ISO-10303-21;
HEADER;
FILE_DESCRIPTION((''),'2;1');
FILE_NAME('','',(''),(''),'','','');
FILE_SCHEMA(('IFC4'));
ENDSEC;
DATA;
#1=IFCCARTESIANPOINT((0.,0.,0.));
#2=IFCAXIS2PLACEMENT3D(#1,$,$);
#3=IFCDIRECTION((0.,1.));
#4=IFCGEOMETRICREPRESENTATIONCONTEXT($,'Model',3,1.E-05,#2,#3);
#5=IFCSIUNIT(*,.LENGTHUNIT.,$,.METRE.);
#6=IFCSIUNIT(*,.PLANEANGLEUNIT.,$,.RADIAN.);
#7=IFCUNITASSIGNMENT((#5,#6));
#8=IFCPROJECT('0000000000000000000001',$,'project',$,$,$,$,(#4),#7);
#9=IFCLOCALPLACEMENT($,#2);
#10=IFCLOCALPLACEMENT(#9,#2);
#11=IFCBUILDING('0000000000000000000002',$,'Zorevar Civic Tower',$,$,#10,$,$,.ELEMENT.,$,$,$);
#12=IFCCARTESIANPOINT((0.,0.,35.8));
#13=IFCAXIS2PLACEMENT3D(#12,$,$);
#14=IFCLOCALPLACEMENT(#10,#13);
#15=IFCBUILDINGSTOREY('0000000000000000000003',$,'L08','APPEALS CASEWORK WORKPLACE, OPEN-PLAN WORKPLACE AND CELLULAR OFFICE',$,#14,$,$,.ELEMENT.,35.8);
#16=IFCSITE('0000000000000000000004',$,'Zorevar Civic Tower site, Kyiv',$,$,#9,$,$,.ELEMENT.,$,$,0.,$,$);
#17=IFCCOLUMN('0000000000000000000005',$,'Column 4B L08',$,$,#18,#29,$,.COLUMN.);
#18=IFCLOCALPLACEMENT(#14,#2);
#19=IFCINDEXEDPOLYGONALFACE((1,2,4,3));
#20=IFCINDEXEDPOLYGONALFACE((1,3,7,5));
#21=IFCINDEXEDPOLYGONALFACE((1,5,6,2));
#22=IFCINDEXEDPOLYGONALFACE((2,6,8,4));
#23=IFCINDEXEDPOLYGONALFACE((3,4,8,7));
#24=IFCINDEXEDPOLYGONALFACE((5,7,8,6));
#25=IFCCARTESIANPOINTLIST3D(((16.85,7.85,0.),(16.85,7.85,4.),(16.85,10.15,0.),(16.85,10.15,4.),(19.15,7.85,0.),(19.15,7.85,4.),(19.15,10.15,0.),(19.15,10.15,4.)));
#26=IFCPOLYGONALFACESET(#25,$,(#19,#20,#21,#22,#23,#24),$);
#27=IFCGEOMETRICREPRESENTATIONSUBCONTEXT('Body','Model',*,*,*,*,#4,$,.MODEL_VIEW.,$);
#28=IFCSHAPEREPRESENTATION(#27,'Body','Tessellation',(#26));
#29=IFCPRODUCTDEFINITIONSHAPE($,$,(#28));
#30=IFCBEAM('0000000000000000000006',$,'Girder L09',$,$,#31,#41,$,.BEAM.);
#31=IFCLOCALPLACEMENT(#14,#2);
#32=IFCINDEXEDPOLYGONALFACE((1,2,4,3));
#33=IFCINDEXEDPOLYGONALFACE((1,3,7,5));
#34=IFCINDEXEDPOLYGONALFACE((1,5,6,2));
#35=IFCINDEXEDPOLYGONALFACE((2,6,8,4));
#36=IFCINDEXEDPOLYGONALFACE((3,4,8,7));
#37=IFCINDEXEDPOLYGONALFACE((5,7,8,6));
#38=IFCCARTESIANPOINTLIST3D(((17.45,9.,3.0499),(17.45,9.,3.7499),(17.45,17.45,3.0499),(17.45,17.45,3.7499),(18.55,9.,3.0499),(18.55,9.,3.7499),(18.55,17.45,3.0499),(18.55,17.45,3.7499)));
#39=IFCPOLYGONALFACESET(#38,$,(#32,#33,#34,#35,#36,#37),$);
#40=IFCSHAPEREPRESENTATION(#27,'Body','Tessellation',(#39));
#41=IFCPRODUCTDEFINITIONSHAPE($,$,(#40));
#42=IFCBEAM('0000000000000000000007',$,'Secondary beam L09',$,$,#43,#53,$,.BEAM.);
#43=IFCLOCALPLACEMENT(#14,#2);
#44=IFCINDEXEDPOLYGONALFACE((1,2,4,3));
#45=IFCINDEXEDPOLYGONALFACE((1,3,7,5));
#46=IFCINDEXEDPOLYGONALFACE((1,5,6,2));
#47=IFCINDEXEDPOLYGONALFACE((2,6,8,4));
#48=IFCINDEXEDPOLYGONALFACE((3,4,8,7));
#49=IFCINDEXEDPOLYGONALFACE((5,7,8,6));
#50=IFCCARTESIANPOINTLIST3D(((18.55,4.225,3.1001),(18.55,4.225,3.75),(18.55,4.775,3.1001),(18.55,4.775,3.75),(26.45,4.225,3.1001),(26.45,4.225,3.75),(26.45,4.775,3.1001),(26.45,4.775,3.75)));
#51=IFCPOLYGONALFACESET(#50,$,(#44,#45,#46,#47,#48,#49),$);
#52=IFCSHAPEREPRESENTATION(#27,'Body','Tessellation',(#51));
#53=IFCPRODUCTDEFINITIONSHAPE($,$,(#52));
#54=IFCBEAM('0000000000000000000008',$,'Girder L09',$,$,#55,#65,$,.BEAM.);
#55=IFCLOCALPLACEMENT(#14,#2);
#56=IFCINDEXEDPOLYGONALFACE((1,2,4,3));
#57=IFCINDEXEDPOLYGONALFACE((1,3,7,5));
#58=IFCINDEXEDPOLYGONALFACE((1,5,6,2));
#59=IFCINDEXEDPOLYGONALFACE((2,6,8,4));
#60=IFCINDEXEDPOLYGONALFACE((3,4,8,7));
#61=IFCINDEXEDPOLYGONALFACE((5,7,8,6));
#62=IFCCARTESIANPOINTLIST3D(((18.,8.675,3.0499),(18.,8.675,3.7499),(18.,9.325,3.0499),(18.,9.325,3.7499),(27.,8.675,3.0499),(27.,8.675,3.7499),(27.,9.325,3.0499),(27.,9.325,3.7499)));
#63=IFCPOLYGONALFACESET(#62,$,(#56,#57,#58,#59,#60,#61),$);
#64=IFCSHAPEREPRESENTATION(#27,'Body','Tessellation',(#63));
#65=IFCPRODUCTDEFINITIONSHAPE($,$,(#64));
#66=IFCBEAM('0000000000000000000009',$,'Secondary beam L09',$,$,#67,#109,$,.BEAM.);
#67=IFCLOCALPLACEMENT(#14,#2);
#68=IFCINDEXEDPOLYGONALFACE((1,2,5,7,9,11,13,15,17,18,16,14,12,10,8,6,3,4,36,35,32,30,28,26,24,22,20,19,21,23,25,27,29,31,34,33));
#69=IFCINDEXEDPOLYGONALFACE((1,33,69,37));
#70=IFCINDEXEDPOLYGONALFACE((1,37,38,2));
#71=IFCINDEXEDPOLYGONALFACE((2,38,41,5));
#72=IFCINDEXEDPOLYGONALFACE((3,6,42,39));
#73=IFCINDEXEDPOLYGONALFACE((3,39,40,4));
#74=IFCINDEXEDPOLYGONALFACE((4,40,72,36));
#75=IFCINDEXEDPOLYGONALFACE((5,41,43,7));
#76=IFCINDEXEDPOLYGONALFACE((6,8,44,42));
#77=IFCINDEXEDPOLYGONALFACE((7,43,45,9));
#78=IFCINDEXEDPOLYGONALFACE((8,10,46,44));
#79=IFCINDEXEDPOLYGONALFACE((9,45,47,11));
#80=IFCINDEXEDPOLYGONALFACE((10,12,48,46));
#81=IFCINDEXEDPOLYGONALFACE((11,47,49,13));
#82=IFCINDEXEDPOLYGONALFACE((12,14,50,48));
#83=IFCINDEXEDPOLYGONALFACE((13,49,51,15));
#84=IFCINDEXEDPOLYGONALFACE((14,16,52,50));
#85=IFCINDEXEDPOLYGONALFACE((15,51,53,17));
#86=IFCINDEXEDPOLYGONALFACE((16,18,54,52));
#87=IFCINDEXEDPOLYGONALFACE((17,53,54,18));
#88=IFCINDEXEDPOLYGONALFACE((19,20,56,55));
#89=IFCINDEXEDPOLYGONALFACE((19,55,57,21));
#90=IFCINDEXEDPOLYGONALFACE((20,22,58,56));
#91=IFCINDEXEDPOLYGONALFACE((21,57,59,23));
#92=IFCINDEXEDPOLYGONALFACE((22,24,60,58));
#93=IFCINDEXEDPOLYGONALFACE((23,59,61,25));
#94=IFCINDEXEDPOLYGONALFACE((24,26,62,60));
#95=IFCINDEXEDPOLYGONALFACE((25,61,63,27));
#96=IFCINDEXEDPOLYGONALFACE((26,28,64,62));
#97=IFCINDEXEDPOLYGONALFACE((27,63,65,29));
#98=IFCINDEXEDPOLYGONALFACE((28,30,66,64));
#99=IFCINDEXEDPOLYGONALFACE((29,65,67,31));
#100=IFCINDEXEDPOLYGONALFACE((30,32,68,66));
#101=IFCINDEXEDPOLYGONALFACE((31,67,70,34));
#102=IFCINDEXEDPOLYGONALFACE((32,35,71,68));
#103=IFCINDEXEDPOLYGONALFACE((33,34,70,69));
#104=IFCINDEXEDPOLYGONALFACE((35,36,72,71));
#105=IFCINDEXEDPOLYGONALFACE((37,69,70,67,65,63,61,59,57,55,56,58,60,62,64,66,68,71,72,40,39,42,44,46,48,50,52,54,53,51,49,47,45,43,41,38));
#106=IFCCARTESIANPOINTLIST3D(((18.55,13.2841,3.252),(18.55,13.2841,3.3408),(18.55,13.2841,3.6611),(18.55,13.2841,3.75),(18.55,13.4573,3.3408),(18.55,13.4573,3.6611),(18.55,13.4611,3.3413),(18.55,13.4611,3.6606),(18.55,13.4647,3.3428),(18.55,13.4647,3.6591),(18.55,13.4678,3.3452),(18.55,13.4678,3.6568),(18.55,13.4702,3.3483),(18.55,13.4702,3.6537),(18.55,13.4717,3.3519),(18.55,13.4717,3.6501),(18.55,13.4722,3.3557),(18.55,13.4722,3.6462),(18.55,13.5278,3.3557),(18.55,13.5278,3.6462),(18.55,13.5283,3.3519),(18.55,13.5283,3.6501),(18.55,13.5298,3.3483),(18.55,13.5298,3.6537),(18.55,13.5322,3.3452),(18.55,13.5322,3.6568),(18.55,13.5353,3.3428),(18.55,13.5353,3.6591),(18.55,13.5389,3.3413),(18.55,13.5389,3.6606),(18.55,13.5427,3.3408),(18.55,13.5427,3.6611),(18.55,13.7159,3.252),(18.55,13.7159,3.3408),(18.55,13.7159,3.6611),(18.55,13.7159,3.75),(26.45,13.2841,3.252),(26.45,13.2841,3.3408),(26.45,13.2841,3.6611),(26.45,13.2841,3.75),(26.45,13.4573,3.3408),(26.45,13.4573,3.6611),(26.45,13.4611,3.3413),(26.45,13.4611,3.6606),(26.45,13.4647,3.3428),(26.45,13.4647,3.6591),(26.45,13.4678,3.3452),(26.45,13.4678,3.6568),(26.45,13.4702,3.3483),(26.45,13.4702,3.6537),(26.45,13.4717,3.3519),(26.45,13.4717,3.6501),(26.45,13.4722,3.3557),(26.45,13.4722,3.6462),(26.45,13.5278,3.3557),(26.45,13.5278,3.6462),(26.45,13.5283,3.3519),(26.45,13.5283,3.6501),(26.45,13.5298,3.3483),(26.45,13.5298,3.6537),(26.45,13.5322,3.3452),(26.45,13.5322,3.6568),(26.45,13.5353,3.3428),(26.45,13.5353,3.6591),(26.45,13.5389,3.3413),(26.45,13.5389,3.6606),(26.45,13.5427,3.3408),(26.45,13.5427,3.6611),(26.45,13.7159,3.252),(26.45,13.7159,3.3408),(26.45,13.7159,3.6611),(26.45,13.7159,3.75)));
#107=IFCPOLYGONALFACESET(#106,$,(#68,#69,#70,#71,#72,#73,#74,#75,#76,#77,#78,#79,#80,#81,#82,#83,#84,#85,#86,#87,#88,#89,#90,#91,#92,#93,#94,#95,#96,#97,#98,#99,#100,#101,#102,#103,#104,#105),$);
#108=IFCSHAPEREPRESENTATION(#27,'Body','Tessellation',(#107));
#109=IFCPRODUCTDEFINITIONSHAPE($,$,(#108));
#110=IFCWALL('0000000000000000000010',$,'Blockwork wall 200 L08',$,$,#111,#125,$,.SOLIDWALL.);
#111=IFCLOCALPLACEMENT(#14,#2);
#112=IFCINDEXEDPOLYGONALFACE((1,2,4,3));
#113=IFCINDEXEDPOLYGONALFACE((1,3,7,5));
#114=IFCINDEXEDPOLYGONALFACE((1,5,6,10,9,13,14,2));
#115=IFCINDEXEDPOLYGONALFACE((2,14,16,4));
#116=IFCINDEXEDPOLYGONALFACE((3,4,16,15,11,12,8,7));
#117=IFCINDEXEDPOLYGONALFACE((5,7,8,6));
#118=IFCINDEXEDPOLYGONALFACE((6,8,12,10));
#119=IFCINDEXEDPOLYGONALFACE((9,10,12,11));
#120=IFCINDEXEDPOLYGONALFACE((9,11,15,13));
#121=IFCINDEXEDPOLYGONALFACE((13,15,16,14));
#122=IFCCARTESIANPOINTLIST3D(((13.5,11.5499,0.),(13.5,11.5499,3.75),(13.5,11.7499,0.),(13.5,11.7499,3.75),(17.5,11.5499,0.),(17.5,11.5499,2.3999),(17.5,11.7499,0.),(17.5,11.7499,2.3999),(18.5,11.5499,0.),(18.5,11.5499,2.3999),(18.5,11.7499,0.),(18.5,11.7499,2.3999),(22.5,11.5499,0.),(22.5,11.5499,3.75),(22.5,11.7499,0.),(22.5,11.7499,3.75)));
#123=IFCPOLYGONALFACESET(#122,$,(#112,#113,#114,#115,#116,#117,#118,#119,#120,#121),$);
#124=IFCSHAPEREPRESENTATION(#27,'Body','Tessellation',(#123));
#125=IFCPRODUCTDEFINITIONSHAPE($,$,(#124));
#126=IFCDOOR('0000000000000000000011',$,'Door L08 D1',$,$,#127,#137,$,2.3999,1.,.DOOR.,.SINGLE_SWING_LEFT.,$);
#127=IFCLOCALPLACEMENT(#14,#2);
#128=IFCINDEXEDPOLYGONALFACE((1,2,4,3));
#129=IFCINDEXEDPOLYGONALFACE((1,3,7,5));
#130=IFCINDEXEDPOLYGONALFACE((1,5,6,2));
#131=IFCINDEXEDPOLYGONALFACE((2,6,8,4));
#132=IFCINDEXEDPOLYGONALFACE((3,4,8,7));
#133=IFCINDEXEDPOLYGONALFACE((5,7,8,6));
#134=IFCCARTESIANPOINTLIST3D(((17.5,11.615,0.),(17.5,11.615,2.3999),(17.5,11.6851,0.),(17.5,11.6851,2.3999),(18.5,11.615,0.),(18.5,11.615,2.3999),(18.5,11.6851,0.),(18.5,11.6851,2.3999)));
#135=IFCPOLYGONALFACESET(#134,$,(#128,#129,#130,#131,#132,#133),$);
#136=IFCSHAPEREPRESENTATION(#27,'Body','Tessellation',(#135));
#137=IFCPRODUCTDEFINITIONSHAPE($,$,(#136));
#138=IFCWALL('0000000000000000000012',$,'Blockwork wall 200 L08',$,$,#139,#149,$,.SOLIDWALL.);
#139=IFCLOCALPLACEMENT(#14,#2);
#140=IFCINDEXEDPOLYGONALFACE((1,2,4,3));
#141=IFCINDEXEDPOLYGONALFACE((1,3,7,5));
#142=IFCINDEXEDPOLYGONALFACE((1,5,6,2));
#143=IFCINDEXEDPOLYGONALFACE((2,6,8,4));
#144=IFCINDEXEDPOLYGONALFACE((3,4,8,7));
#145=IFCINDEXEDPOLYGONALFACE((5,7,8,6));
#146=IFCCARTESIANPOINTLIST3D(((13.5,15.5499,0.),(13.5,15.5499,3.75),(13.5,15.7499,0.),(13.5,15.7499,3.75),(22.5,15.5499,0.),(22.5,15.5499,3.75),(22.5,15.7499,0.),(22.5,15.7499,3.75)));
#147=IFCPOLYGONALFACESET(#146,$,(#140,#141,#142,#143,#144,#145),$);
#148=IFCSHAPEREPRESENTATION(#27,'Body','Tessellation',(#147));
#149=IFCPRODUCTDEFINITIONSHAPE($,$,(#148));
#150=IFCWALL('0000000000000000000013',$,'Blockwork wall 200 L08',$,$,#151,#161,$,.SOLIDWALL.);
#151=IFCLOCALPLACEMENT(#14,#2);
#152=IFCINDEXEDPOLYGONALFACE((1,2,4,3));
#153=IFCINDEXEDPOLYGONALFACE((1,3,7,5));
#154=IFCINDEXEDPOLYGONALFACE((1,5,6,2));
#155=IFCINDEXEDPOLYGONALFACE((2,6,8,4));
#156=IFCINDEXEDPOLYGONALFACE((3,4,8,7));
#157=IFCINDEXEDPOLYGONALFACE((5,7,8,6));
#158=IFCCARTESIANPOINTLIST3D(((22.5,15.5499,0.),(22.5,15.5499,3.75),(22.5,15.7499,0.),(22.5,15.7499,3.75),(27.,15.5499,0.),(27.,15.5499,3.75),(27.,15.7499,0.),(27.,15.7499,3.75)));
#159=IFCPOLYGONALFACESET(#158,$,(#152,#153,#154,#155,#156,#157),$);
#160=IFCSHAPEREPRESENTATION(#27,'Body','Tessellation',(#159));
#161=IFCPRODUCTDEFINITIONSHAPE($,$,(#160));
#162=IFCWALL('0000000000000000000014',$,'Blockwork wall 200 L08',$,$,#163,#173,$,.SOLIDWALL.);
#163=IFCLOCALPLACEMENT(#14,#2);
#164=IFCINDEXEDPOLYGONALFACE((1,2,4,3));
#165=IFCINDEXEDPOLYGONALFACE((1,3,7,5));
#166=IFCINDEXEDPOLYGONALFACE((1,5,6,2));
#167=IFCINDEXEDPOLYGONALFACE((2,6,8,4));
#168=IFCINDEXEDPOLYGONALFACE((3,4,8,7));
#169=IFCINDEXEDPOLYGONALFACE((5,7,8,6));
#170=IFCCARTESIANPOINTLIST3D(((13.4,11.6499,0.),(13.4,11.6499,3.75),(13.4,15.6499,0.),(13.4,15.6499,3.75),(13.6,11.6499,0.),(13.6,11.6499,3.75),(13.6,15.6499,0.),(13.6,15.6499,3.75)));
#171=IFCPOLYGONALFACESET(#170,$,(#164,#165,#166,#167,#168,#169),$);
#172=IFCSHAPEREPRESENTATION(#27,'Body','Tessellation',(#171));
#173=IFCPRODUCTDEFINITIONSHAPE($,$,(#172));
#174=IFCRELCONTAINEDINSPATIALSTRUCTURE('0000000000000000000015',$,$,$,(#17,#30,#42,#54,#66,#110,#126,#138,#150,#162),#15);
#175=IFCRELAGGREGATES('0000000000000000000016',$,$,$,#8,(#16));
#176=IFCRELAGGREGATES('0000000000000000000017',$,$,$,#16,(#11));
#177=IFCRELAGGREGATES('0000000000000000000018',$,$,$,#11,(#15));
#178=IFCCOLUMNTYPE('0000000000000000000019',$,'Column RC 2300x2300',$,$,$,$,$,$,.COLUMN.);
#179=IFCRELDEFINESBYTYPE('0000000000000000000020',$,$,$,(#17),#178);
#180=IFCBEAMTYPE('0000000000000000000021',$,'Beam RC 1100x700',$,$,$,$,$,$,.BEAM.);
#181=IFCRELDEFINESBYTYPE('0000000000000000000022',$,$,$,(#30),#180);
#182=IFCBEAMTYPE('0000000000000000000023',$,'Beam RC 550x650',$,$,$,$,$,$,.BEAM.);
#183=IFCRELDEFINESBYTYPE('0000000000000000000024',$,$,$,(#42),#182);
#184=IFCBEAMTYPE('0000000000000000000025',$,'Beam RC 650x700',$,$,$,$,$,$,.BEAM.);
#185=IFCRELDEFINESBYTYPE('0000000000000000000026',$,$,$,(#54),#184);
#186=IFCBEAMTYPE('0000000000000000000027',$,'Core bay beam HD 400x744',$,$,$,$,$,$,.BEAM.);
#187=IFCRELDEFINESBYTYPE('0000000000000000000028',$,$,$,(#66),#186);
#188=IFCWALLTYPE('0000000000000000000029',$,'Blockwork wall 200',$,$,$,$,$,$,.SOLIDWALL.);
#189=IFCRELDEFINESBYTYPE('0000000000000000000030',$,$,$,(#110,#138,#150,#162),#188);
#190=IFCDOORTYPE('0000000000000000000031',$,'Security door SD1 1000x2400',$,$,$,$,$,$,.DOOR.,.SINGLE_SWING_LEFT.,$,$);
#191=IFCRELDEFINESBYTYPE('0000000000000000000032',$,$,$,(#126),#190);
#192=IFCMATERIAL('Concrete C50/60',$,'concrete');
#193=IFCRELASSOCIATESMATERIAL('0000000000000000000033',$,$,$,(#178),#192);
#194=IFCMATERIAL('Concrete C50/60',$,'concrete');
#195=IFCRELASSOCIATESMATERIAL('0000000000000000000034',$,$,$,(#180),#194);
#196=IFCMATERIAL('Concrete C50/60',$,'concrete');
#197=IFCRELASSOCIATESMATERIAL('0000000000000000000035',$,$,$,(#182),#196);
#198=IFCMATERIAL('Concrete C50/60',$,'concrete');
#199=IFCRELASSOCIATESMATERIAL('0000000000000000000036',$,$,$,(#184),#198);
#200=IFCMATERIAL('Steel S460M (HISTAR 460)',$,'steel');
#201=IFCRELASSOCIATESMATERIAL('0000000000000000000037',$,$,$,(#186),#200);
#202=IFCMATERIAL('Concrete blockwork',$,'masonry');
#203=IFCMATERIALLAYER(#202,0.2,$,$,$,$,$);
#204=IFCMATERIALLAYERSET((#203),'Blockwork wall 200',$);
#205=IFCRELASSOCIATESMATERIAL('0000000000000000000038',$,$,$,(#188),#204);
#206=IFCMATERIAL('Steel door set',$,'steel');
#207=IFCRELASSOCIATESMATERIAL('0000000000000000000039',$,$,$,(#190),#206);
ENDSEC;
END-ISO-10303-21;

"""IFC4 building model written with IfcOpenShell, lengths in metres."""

from ifc_helpers import new_model, si_unit, direction, frame, frame_2d, origin, origin_2d, place, context, subcontext, project, spatial, rectangle, i_section, extrude, material, layer, layer_set, material_profile, profile_set, type_object, element, fill, save


model = new_model("IFC4")

# Units and contexts
model_context = context("Model", 3, precision=1e-05, world=origin(), true_north=direction((0.0, 1.0)))
body_context = subcontext(model_context, "Body", "Model", "MODEL_VIEW")
ifc_project = project(units=[si_unit("LENGTHUNIT", "METRE"), si_unit("PLANEANGLEUNIT", "RADIAN")], contexts=[model_context])

# Site, building, storey
site_placement = place(None, origin())
site = spatial("IfcSite", under=ifc_project, at=site_placement, Name="Zorevar Civic Tower site, Kyiv", CompositionType="ELEMENT", RefElevation=0.0)
building_placement = place(site_placement, origin())
building = spatial("IfcBuilding", under=site, at=building_placement, Name="Zorevar Civic Tower", CompositionType="ELEMENT")
storey_placement = place(building_placement, frame((0.0, 0.0, 35.8)))
storey = spatial("IfcBuildingStorey", under=building, at=storey_placement, Name="L08", Description="APPEALS CASEWORK WORKPLACE, OPEN-PLAN WORKPLACE AND CELLULAR OFFICE", CompositionType="ELEMENT", Elevation=35.8)

# Column
ifc_material_1 = material(Name="Concrete C50/60", Category="concrete")
ifc_material_profile_1 = material_profile(ifc_material_1, rectangle(XDim=2.3, YDim=2.3, at=origin_2d()), Name="RC 2300x2300")
ifc_profile_set_1 = profile_set([ifc_material_profile_1], Name="Concrete C50/60")
column_type = type_object("IfcColumnType", Name="Column RC 2300x2300", PredefinedType="COLUMN", material=ifc_profile_set_1)
column_placement = place(storey_placement, frame((18.0, 9.0, 0.0), z_axis=(0.0, 0.0, 1.0), x_axis=(1.0, 0.0, 0.0)))
element("IfcColumn", 1, at=column_placement, inside=storey, type_object=column_type, Name="Column 4B L08", PredefinedType="COLUMN", context=body_context, shape_type="SweptSolid", body=[
    extrude(rectangle(XDim=2.3, YDim=2.3, at=origin_2d()), origin(), (0.0, 0.0, 1.0), 4.0),
])

# Beams
ifc_material_2 = material(Name="Concrete C50/60", Category="concrete")
ifc_material_profile_2 = material_profile(ifc_material_2, rectangle(XDim=1.1001, YDim=0.7, at=origin_2d()), Name="RC 1100x700")
ifc_profile_set_2 = profile_set([ifc_material_profile_2], Name="Concrete C50/60")
beam_type_1 = type_object("IfcBeamType", Name="Beam RC 1100x700", PredefinedType="BEAM", material=ifc_profile_set_2)
beam_1_placement = place(storey_placement, frame((18.0, 9.0, 3.3999), z_axis=(0.0, 1.0, 0.0), x_axis=(-1.0, 0.0, 0.0)))
element("IfcBeam", 2, at=beam_1_placement, inside=storey, type_object=beam_type_1, Name="Girder L09", PredefinedType="BEAM", context=body_context, shape_type="SweptSolid", body=[
    extrude(rectangle(XDim=1.1001, YDim=0.7, at=origin_2d()), origin(), (0.0, 0.0, 1.0), 8.45),
])
ifc_material_3 = material(Name="Concrete C50/60", Category="concrete")
ifc_material_profile_3 = material_profile(ifc_material_3, rectangle(XDim=0.55, YDim=0.6499, at=origin_2d()), Name="RC 550x650")
ifc_profile_set_3 = profile_set([ifc_material_profile_3], Name="Concrete C50/60")
beam_type_2 = type_object("IfcBeamType", Name="Beam RC 550x650", PredefinedType="BEAM", material=ifc_profile_set_3)
beam_2_placement = place(storey_placement, frame((18.55, 4.5, 3.425), z_axis=(1.0, 0.0, 0.0), x_axis=(0.0, 1.0, 0.0)))
element("IfcBeam", 3, at=beam_2_placement, inside=storey, type_object=beam_type_2, Name="Secondary beam L09", PredefinedType="BEAM", context=body_context, shape_type="SweptSolid", body=[
    extrude(rectangle(XDim=0.55, YDim=0.6499, at=origin_2d()), origin(), (0.0, 0.0, 1.0), 7.8999),
])
ifc_material_4 = material(Name="Concrete C50/60", Category="concrete")
ifc_material_profile_4 = material_profile(ifc_material_4, rectangle(XDim=0.6499, YDim=0.7, at=origin_2d()), Name="RC 650x700")
ifc_profile_set_4 = profile_set([ifc_material_profile_4], Name="Concrete C50/60")
beam_type_3 = type_object("IfcBeamType", Name="Beam RC 650x700", PredefinedType="BEAM", material=ifc_profile_set_4)
beam_3_placement = place(storey_placement, frame((18.0, 9.0, 3.3999), z_axis=(1.0, 0.0, 0.0), x_axis=(0.0, 1.0, 0.0)))
element("IfcBeam", 4, at=beam_3_placement, inside=storey, type_object=beam_type_3, Name="Girder L09", PredefinedType="BEAM", context=body_context, shape_type="SweptSolid", body=[
    extrude(rectangle(XDim=0.6499, YDim=0.7, at=origin_2d()), origin(), (0.0, 0.0, 1.0), 9.0),
])
ifc_material_5 = material(Name="Steel S460M (HISTAR 460)", Category="steel")
ifc_material_profile_5 = material_profile(ifc_material_5, i_section(OverallWidth=0.4319, OverallDepth=0.498, WebThickness=0.0557, FlangeThickness=0.0889, FilletRadius=0.0149, at=origin_2d()), Name="HD 400x744")
ifc_profile_set_5 = profile_set([ifc_material_profile_5], Name="Steel S460M (HISTAR 460)")
beam_type_4 = type_object("IfcBeamType", Name="Core bay beam HD 400x744", PredefinedType="BEAM", material=ifc_profile_set_5)
beam_4_placement = place(storey_placement, frame((18.55, 13.5, 3.501), z_axis=(1.0, 0.0, 0.0), x_axis=(0.0, 1.0, 0.0)))
element("IfcBeam", 5, at=beam_4_placement, inside=storey, type_object=beam_type_4, Name="Secondary beam L09", PredefinedType="BEAM", context=body_context, shape_type="SweptSolid", body=[
    extrude(i_section(OverallWidth=0.4319, OverallDepth=0.498, WebThickness=0.0557, FlangeThickness=0.0889, FilletRadius=0.0149, at=origin_2d()), origin(), (0.0, 0.0, 1.0), 7.8999),
])

# Wall, opening, door
ifc_material_6 = material(Name="Concrete blockwork", Category="masonry")
ifc_layer_1 = layer(ifc_material_6, 0.2)
ifc_layer_set_1 = layer_set([ifc_layer_1], Name="Blockwork wall 200")
wall_type_1 = type_object("IfcWallType", Name="Blockwork wall 200", PredefinedType="SOLIDWALL", material=ifc_layer_set_1)
wall_1_placement = place(storey_placement, frame((13.5, 11.6499, 0.0), z_axis=(0.0, 0.0, 1.0), x_axis=(1.0, 0.0, 0.0)))
wall_1 = element("IfcWall", 6, at=wall_1_placement, inside=storey, type_object=wall_type_1, Name="Blockwork wall 200 L08", PredefinedType="SOLIDWALL", context=body_context, shape_type="SweptSolid", body=[
    extrude(rectangle(XDim=9.0, YDim=0.2, at=frame_2d((4.5, 0.0))), origin(), (0.0, 0.0, 1.0), 3.75),
])
opening_1_placement = place(wall_1_placement, frame((4.0, 0.0, 0.0)))
opening_1 = element("IfcOpeningElement", 7, at=opening_1_placement, cuts=wall_1, PredefinedType="OPENING", context=body_context, shape_type="SweptSolid", body=[
    extrude(rectangle(XDim=1.0, YDim=2.3999, at=frame_2d((0.5, 1.2))), frame((0.0, 0.1099, 0.0), z_axis=(0.0, -1.0, 0.0), x_axis=(1.0, 0.0, 0.0)), (0.0, 0.0, 1.0), 0.22),
])
ifc_material_7 = material(Name="Steel door set", Category="steel")
door_type_1 = type_object("IfcDoorType", Name="Security door SD1 1000x2400", OperationType="SINGLE_SWING_LEFT", PredefinedType="DOOR", material=ifc_material_7)
door_1_placement = place(opening_1_placement, origin())
door_1 = element("IfcDoor", 8, at=door_1_placement, inside=storey, type_object=door_type_1, Name="Door L08 D1", OperationType="SINGLE_SWING_LEFT", OverallHeight=2.3999, OverallWidth=1.0, PredefinedType="DOOR", context=body_context, shape_type="SweptSolid", body=[
    extrude(rectangle(XDim=1.0, YDim=2.3999, at=frame_2d((0.5, 1.2))), frame((0.0, 0.0352, 0.0), z_axis=(0.0, -1.0, 0.0), x_axis=(1.0, 0.0, 0.0)), (0.0, 0.0, 1.0), 0.0701),
])
fill(opening_1, door_1)

# Walls
wall_2_placement = place(storey_placement, frame((13.5, 15.6499, 0.0), z_axis=(0.0, 0.0, 1.0), x_axis=(1.0, 0.0, 0.0)))
element("IfcWall", 9, at=wall_2_placement, inside=storey, type_object=wall_type_1, Name="Blockwork wall 200 L08", PredefinedType="SOLIDWALL", context=body_context, shape_type="SweptSolid", body=[
    extrude(rectangle(XDim=9.0, YDim=0.2, at=frame_2d((4.5, 0.0))), origin(), (0.0, 0.0, 1.0), 3.75),
])
wall_3_placement = place(storey_placement, frame((22.5, 15.6499, 0.0), z_axis=(0.0, 0.0, 1.0), x_axis=(1.0, 0.0, 0.0)))
element("IfcWall", 10, at=wall_3_placement, inside=storey, type_object=wall_type_1, Name="Blockwork wall 200 L08", PredefinedType="SOLIDWALL", context=body_context, shape_type="SweptSolid", body=[
    extrude(rectangle(XDim=4.5, YDim=0.2, at=frame_2d((2.25, 0.0))), origin(), (0.0, 0.0, 1.0), 3.75),
])
for number, where, z_axis, x_axis, name in (
    (11, (13.5, 11.6499, 0.0), (0.0, 0.0, 1.0), (0.0, 1.0, 0.0), "Blockwork wall 200 L08"),
):
    element("IfcWall", number, at=place(storey_placement, frame(where, z_axis=z_axis, x_axis=x_axis)), inside=storey, type_object=wall_type_1, Name=name, PredefinedType="SOLIDWALL", context=body_context, shape_type="SweptSolid", body=[
        extrude(rectangle(XDim=4.0, YDim=0.2, at=frame_2d((2.0, 0.0))), origin(), (0.0, 0.0, 1.0), 3.75),
    ])

save(model, "model.ifc")
